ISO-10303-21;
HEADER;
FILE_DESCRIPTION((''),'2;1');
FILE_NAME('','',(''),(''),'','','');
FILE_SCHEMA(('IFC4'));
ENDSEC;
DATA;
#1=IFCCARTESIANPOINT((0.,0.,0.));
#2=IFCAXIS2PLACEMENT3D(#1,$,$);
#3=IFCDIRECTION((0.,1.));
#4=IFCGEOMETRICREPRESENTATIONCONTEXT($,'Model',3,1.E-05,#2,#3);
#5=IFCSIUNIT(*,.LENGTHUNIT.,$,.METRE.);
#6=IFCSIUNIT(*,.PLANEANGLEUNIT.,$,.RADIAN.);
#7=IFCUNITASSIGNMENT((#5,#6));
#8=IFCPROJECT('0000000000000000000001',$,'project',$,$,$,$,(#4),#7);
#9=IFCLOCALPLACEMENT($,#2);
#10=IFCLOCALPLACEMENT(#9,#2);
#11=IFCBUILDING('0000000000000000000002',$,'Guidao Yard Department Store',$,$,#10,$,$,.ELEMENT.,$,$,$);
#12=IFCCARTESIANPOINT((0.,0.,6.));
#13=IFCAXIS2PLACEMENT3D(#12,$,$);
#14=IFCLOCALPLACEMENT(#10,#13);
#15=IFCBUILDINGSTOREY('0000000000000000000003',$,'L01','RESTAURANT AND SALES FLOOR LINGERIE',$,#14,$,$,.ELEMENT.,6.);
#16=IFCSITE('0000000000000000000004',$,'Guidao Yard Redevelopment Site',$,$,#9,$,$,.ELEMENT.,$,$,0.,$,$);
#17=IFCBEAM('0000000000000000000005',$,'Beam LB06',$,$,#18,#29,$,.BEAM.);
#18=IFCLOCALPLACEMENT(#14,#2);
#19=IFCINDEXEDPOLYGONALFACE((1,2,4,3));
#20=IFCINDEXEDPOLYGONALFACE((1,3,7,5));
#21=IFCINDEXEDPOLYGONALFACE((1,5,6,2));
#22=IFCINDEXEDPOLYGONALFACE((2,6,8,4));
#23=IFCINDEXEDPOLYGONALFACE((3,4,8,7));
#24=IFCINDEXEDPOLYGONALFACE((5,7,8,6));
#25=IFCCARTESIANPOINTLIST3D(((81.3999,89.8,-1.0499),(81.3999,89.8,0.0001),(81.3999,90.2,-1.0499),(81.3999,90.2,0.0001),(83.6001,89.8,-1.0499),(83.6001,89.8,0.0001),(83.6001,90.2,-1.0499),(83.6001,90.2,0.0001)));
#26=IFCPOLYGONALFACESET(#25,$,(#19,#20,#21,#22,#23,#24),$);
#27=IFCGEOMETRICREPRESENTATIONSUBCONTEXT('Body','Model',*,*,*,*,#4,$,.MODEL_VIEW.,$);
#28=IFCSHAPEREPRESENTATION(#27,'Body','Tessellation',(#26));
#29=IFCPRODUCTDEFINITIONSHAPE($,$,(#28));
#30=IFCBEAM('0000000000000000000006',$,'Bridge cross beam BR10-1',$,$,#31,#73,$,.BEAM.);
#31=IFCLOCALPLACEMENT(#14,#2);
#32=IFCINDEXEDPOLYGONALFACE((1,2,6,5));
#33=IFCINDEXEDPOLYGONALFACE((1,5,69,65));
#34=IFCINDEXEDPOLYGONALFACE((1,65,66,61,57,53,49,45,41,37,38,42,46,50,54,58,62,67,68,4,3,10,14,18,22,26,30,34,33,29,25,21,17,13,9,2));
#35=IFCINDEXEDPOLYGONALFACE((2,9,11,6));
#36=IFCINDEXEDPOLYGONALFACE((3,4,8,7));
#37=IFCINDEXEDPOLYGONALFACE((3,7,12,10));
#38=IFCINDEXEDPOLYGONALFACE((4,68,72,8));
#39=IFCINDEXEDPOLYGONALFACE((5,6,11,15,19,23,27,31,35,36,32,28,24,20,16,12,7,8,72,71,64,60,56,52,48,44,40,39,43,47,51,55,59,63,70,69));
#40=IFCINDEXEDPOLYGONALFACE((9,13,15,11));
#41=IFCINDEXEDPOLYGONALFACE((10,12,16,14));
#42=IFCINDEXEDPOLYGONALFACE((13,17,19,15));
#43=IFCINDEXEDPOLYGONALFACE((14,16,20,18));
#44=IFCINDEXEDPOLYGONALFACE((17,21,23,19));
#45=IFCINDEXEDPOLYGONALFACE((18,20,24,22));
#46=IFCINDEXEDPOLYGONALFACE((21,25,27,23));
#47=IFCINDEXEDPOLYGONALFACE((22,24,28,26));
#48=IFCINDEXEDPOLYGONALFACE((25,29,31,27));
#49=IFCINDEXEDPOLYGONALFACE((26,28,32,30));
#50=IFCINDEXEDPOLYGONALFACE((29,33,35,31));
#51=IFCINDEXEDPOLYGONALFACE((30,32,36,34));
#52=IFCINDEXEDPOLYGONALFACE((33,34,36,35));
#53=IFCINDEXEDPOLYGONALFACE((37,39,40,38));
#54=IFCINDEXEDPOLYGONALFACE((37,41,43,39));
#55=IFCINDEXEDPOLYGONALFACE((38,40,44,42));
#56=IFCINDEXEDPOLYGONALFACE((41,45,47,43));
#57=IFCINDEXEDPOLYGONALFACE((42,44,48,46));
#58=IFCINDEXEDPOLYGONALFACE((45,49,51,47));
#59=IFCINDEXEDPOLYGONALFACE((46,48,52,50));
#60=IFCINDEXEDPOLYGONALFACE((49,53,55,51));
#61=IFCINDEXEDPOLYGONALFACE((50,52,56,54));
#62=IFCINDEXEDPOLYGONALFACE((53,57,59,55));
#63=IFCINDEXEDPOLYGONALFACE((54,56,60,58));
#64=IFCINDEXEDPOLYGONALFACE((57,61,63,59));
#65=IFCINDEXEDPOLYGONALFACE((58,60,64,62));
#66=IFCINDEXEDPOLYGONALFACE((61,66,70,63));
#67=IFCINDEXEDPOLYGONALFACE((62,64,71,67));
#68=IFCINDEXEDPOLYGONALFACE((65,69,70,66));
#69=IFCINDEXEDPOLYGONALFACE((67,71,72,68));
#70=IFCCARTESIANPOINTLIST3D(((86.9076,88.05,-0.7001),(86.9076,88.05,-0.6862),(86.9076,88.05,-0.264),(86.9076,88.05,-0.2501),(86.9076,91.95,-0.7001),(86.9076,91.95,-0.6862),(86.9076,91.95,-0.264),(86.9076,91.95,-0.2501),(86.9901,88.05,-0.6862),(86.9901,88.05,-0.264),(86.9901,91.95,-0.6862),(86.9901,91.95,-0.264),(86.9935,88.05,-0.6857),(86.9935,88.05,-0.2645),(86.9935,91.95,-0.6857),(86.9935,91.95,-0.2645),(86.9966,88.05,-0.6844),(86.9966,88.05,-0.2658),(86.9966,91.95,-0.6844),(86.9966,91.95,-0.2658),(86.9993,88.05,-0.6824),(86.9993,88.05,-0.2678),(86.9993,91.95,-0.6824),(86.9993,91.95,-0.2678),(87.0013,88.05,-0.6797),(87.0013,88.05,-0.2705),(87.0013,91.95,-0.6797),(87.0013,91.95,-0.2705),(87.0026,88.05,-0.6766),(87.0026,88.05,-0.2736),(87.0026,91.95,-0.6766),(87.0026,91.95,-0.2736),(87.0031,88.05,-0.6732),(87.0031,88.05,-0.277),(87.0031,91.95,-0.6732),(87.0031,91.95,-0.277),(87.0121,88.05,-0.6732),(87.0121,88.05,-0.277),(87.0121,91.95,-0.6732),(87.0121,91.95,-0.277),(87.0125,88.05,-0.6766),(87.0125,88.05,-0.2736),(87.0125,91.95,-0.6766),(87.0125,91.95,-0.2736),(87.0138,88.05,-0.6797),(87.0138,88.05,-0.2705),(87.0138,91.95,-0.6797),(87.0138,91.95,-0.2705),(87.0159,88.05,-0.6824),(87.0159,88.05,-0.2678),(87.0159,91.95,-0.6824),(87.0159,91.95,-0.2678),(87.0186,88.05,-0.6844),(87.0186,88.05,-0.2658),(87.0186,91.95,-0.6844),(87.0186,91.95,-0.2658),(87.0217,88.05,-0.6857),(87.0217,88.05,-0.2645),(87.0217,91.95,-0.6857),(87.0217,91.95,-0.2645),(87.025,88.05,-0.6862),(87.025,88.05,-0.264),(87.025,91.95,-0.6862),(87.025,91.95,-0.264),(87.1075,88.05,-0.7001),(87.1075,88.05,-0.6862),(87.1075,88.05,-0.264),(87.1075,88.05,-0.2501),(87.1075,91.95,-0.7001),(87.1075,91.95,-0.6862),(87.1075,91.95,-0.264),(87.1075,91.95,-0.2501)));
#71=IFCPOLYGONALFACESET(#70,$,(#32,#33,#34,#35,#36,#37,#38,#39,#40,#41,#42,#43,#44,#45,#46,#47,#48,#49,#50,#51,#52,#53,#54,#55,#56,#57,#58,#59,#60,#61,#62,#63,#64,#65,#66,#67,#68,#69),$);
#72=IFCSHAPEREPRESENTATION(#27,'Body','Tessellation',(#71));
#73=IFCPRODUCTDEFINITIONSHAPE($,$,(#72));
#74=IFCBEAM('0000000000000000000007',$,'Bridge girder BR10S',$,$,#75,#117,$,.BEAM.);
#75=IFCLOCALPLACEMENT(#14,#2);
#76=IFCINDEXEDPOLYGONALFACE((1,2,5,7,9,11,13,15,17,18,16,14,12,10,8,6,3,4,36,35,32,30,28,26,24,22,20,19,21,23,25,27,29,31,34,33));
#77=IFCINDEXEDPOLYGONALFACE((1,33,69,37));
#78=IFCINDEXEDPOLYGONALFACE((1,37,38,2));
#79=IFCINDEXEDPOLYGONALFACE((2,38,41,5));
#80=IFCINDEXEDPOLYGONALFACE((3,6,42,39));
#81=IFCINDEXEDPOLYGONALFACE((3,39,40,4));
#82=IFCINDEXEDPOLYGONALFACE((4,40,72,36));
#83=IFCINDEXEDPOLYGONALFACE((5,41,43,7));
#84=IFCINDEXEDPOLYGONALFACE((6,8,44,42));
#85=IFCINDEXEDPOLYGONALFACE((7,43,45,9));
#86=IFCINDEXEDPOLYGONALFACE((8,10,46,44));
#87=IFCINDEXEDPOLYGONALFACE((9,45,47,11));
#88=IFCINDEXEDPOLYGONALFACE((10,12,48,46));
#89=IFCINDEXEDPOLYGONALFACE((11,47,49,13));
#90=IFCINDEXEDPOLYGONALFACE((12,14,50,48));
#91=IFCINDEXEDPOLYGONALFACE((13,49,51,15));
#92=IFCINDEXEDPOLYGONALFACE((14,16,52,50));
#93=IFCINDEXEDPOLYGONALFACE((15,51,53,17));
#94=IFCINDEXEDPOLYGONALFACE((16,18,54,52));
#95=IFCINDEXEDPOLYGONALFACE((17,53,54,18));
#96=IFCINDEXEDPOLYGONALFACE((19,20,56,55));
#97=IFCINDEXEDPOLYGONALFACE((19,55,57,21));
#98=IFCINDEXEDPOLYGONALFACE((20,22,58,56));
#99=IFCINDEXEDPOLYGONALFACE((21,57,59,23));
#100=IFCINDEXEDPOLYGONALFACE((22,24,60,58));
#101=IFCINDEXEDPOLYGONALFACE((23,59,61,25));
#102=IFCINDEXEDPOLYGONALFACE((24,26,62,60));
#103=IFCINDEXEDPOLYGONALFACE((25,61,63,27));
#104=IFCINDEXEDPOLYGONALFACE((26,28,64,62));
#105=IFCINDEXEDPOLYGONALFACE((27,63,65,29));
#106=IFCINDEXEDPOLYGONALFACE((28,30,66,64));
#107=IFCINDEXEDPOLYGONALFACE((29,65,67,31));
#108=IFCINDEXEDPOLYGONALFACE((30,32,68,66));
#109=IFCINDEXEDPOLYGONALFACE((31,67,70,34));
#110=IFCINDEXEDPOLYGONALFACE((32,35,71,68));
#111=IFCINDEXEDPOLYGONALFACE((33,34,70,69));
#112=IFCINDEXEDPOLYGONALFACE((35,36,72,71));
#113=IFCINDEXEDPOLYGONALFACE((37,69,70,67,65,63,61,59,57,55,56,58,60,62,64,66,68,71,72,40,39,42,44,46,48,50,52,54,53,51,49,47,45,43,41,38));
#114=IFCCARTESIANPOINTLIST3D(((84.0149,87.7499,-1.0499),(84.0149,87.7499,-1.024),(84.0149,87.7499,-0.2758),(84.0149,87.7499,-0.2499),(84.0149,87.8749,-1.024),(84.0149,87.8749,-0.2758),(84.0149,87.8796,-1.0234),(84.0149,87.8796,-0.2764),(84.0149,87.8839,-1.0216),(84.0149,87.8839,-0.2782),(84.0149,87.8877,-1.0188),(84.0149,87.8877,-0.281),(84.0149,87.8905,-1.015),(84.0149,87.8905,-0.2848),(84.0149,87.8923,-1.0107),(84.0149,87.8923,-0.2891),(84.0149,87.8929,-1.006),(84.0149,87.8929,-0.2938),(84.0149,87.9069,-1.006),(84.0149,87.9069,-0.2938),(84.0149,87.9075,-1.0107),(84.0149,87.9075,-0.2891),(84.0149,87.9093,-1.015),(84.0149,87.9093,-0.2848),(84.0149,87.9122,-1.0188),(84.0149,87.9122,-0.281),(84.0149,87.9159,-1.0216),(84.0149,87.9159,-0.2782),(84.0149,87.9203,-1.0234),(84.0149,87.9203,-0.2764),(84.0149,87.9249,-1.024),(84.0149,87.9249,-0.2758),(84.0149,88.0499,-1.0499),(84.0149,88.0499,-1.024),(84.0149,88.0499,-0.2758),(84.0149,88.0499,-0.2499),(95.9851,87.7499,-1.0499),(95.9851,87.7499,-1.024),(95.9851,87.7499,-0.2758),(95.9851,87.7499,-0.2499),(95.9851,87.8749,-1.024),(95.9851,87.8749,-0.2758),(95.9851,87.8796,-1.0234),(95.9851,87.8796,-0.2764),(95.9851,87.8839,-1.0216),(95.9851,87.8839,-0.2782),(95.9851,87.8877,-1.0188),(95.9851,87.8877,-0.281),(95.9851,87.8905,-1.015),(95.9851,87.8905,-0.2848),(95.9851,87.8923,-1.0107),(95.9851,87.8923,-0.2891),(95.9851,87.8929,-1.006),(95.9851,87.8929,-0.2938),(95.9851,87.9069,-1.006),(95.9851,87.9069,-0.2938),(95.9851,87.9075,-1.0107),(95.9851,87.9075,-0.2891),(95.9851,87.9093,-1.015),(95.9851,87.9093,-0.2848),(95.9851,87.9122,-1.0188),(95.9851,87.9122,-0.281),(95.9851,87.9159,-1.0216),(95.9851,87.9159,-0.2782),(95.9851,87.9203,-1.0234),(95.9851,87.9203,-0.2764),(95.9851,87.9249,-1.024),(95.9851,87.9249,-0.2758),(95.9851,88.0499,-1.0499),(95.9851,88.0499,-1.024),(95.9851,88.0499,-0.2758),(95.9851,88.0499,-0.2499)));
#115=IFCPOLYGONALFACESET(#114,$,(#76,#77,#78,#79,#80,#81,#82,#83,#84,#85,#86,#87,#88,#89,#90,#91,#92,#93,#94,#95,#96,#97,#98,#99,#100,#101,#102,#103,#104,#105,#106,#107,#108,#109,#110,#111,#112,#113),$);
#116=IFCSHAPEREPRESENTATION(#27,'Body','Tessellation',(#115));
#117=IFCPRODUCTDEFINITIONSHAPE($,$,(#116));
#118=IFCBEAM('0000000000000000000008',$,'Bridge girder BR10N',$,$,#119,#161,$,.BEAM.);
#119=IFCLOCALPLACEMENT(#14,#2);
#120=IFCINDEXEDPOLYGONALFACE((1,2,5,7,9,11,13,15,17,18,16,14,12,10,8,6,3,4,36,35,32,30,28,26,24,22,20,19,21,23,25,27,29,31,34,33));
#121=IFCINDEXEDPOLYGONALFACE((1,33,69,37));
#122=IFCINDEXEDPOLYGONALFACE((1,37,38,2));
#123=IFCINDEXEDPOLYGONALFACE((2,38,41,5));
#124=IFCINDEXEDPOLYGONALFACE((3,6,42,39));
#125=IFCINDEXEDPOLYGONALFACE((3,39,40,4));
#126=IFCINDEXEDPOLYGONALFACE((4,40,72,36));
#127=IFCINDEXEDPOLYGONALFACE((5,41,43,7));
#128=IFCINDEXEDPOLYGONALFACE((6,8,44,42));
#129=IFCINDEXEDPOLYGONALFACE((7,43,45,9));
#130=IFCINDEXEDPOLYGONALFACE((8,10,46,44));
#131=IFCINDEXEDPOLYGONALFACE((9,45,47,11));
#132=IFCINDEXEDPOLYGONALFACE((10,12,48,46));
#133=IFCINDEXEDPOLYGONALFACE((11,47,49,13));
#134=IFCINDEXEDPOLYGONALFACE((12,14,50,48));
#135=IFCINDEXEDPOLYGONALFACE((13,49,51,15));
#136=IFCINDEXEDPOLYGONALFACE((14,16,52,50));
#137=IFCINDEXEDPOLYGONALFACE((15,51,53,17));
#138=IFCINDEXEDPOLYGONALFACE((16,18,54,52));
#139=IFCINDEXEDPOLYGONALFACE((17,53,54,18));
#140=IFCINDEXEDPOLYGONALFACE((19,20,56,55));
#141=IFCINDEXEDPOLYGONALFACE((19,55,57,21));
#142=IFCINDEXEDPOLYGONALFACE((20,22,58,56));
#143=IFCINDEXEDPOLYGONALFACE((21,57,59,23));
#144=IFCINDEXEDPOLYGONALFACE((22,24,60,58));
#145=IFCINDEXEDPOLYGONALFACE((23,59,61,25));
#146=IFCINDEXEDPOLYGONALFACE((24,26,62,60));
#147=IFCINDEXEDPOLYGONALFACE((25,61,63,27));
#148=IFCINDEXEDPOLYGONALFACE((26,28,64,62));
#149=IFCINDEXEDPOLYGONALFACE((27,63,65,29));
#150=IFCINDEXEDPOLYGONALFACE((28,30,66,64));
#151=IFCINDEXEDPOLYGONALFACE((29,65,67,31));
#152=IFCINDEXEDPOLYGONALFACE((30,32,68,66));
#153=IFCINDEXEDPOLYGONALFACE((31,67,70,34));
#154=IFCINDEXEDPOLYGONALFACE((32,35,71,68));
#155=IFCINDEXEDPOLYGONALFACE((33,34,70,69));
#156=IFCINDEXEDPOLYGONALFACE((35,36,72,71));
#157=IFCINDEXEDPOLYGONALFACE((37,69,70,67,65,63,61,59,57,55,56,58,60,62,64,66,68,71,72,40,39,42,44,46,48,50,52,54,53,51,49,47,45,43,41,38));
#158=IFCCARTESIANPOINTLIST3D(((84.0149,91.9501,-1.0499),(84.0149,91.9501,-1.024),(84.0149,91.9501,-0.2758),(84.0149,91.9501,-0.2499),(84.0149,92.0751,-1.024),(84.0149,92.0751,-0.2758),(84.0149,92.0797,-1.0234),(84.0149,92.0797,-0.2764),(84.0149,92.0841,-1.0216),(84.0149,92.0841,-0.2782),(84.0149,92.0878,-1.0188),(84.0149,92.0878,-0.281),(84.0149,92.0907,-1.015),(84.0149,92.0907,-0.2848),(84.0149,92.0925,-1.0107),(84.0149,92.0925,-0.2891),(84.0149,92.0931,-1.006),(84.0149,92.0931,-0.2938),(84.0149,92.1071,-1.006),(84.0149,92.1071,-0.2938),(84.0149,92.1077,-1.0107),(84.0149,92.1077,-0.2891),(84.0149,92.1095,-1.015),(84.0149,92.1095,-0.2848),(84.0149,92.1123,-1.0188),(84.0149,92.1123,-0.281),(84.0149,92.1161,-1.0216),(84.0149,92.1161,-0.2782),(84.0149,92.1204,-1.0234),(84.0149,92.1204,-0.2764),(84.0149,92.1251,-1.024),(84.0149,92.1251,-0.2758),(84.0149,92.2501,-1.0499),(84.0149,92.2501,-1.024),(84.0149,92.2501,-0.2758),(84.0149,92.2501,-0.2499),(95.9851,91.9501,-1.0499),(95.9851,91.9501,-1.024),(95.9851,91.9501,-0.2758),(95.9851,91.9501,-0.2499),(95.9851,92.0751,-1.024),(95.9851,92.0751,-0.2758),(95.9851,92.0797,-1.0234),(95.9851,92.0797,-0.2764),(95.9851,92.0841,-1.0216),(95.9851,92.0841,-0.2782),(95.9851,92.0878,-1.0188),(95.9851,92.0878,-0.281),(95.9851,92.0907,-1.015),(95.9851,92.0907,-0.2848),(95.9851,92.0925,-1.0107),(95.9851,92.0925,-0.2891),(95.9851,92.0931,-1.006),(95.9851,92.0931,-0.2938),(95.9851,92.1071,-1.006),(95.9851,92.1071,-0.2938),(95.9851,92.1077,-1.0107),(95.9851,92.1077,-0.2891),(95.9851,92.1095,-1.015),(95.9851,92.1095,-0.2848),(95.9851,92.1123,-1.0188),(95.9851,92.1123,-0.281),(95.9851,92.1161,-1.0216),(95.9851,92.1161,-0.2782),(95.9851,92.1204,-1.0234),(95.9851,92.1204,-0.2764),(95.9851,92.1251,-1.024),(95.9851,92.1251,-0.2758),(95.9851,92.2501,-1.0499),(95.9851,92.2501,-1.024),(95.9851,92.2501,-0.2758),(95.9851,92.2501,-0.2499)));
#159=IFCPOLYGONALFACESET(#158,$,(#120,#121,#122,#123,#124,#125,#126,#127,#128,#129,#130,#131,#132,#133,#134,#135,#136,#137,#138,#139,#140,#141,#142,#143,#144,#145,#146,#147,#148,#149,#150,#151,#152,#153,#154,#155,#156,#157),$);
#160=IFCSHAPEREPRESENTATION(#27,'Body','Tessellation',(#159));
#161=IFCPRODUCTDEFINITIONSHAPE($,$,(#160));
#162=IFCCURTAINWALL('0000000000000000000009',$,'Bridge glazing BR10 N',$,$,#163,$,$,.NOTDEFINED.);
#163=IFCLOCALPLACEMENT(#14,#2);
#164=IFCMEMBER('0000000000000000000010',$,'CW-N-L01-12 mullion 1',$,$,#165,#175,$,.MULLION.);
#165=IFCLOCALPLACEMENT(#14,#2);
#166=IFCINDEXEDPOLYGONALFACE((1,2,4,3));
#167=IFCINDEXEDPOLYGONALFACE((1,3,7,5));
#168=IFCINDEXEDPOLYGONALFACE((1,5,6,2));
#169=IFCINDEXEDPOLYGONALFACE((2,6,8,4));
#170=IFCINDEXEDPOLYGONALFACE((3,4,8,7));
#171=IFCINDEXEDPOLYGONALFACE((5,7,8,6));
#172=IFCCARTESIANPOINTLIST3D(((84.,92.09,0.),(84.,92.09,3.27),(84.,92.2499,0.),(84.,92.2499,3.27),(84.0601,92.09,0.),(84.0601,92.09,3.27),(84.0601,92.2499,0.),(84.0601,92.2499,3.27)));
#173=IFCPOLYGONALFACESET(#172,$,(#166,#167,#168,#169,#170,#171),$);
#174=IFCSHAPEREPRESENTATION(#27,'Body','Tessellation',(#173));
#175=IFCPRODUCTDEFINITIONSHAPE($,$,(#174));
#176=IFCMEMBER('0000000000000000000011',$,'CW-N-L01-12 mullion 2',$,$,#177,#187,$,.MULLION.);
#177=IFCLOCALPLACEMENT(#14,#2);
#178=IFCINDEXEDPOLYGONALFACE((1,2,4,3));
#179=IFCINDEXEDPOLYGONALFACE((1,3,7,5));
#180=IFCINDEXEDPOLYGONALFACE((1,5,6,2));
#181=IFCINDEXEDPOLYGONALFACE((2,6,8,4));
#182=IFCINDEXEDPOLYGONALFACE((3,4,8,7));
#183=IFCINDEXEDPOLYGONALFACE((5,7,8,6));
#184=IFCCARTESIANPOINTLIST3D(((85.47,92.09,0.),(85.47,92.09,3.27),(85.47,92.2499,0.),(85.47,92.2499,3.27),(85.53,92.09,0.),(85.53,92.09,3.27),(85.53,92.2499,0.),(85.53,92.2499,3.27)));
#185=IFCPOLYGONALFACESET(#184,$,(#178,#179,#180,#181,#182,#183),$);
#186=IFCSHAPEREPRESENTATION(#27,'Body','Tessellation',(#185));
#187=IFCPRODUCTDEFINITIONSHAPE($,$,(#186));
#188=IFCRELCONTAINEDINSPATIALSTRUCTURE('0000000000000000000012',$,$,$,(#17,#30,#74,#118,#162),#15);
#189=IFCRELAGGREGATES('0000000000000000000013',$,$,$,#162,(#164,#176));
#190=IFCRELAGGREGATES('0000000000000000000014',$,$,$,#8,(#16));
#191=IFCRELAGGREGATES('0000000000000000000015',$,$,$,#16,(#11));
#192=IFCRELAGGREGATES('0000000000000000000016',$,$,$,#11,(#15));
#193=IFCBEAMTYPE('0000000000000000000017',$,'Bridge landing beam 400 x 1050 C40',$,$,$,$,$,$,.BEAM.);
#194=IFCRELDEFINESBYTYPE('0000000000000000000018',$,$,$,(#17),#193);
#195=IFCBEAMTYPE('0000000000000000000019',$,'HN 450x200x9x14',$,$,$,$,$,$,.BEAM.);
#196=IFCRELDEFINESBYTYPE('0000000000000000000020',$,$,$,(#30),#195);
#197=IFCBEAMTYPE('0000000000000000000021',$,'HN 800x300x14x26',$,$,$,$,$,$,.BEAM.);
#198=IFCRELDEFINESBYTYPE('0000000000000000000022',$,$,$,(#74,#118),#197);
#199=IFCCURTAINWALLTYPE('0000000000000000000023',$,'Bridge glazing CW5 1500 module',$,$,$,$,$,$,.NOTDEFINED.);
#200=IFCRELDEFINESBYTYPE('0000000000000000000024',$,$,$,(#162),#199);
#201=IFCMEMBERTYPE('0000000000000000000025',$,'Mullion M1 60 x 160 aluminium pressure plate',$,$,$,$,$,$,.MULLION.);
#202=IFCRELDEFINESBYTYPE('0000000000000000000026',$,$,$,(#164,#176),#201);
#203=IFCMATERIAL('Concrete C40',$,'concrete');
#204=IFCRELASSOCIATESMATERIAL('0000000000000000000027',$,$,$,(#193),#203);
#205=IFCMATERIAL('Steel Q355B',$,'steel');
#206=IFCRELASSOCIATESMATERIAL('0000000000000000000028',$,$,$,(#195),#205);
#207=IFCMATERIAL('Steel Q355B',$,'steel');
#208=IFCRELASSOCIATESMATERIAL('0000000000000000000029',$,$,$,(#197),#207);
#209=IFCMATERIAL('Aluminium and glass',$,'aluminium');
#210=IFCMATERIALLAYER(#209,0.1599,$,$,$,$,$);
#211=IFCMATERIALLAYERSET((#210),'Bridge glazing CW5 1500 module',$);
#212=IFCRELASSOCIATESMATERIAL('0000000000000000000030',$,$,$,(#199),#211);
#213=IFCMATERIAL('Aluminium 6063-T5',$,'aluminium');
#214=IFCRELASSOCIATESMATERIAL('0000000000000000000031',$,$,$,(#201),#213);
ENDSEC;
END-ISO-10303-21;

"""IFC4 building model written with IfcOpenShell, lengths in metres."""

from ifc_helpers import new_model, si_unit, direction, frame, origin, origin_2d, place, context, subcontext, project, spatial, rectangle, i_section, extrude, material, layer, layer_set, material_profile, profile_set, type_object, element, aggregate, save


model = new_model("IFC4")

# Units and contexts
model_context = context("Model", 3, precision=1e-05, world=origin(), true_north=direction((0.0, 1.0)))
body_context = subcontext(model_context, "Body", "Model", "MODEL_VIEW")
ifc_project = project(units=[si_unit("LENGTHUNIT", "METRE"), si_unit("PLANEANGLEUNIT", "RADIAN")], contexts=[model_context])

# Site, building, storey
site_placement = place(None, origin())
site = spatial("IfcSite", under=ifc_project, at=site_placement, Name="Guidao Yard Redevelopment Site", CompositionType="ELEMENT", RefElevation=0.0)
building_placement = place(site_placement, origin())
building = spatial("IfcBuilding", under=site, at=building_placement, Name="Guidao Yard Department Store", CompositionType="ELEMENT")
storey_placement = place(building_placement, frame((0.0, 0.0, 6.0)))
storey = spatial("IfcBuildingStorey", under=building, at=storey_placement, Name="L01", Description="RESTAURANT AND SALES FLOOR LINGERIE", CompositionType="ELEMENT", Elevation=6.0)

# Beams
ifc_material_1 = material(Name="Concrete C40", Category="concrete")
ifc_material_profile_1 = material_profile(ifc_material_1, rectangle(XDim=0.3999, YDim=1.05, at=origin_2d()), Name="Bridge landing beam 400 x 1050 C40")
ifc_profile_set_1 = profile_set([ifc_material_profile_1], Name="Concrete C40")
beam_type_1 = type_object("IfcBeamType", Name="Bridge landing beam 400 x 1050 C40", PredefinedType="BEAM", material=ifc_profile_set_1)
beam_1_placement = place(storey_placement, frame((81.3999, 90.0, -0.5249), z_axis=(1.0, 0.0, 0.0), x_axis=(0.0, 1.0, 0.0)))
element("IfcBeam", 1, at=beam_1_placement, inside=storey, type_object=beam_type_1, Name="Beam LB06", PredefinedType="BEAM", context=body_context, shape_type="SweptSolid", body=[
    extrude(rectangle(XDim=0.3999, YDim=1.05, at=origin_2d()), origin(), (0.0, 0.0, 1.0), 2.2002),
])
ifc_material_2 = material(Name="Steel Q355B", Category="steel")
ifc_material_profile_2 = material_profile(ifc_material_2, i_section(OverallWidth=0.2, OverallDepth=0.45, WebThickness=0.009, FlangeThickness=0.0139, FilletRadius=0.0129, at=origin_2d()), Name="HN 450x200x9x14")
ifc_profile_set_2 = profile_set([ifc_material_profile_2], Name="Steel Q355B")
beam_type_2 = type_object("IfcBeamType", Name="HN 450x200x9x14", PredefinedType="BEAM", material=ifc_profile_set_2)
beam_2_placement = place(storey_placement, frame((87.0076, 88.05, -0.4751), z_axis=(0.0, 1.0, 0.0), x_axis=(-1.0, 0.0, 0.0)))
element("IfcBeam", 2, at=beam_2_placement, inside=storey, type_object=beam_type_2, Name="Bridge cross beam BR10-1", PredefinedType="BEAM", context=body_context, shape_type="SweptSolid", body=[
    extrude(i_section(OverallWidth=0.2, OverallDepth=0.45, WebThickness=0.009, FlangeThickness=0.0139, FilletRadius=0.0129, at=origin_2d()), origin(), (0.0, 0.0, 1.0), 3.8999),
])
ifc_material_3 = material(Name="Steel Q355B", Category="steel")
ifc_material_profile_3 = material_profile(ifc_material_3, i_section(OverallWidth=0.3, OverallDepth=0.8, WebThickness=0.0139, FlangeThickness=0.0259, FilletRadius=0.0181, at=origin_2d()), Name="HN 800x300x14x26")
ifc_profile_set_3 = profile_set([ifc_material_profile_3], Name="Steel Q355B")
beam_type_3 = type_object("IfcBeamType", Name="HN 800x300x14x26", PredefinedType="BEAM", material=ifc_profile_set_3)
for number, where, z_axis, x_axis, name in (
    (3, (84.0149, 87.8999, -0.6499), (1.0, 0.0, 0.0), (0.0, 1.0, 0.0), "Bridge girder BR10S"),
    (4, (84.0149, 92.1001, -0.6499), (1.0, 0.0, 0.0), (0.0, 1.0, 0.0), "Bridge girder BR10N"),
):
    element("IfcBeam", number, at=place(storey_placement, frame(where, z_axis=z_axis, x_axis=x_axis)), inside=storey, type_object=beam_type_3, Name=name, PredefinedType="BEAM", context=body_context, shape_type="SweptSolid", body=[
        extrude(i_section(OverallWidth=0.3, OverallDepth=0.8, WebThickness=0.0139, FlangeThickness=0.0259, FilletRadius=0.0181, at=origin_2d()), origin(), (0.0, 0.0, 1.0), 11.9702),
    ])

# Curtain wall, members
ifc_material_4 = material(Name="Aluminium and glass", Category="aluminium")
ifc_layer_1 = layer(ifc_material_4, 0.1599)
ifc_layer_set_1 = layer_set([ifc_layer_1], Name="Bridge glazing CW5 1500 module")
curtain_wall_type = type_object("IfcCurtainWallType", Name="Bridge glazing CW5 1500 module", PredefinedType="NOTDEFINED", material=ifc_layer_set_1)
curtain_wall_1_placement = place(storey_placement, origin())
curtain_wall_1 = element("IfcCurtainWall", 5, at=curtain_wall_1_placement, inside=storey, type_object=curtain_wall_type, Name="Bridge glazing BR10 N", PredefinedType="NOTDEFINED")
ifc_material_5 = material(Name="Aluminium 6063-T5", Category="aluminium")
ifc_material_profile_4 = material_profile(ifc_material_5, rectangle(XDim=0.0601, YDim=0.1599, at=origin_2d()), Name="Mullion M1 60 x 160 aluminium pressure plate")
ifc_profile_set_4 = profile_set([ifc_material_profile_4], Name="Aluminium 6063-T5")
member_type_1 = type_object("IfcMemberType", Name="Mullion M1 60 x 160 aluminium pressure plate", PredefinedType="MULLION", material=ifc_profile_set_4)
member_1_placement = place(storey_placement, frame((84.03, 92.1699, 0.0), z_axis=(0.0, 0.0, 1.0), x_axis=(1.0, 0.0, 0.0)))
member_1 = element("IfcMember", 6, at=member_1_placement, type_object=member_type_1, Name="CW-N-L01-12 mullion 1", PredefinedType="MULLION", context=body_context, shape_type="SweptSolid", body=[
    extrude(rectangle(XDim=0.0601, YDim=0.1599, at=origin_2d()), origin(), (0.0, 0.0, 1.0), 3.27),
])
member_2_placement = place(storey_placement, frame((85.5, 92.1699, 0.0), z_axis=(0.0, 0.0, 1.0), x_axis=(1.0, 0.0, 0.0)))
member_2 = element("IfcMember", 7, at=member_2_placement, type_object=member_type_1, Name="CW-N-L01-12 mullion 2", PredefinedType="MULLION", context=body_context, shape_type="SweptSolid", body=[
    extrude(rectangle(XDim=0.0601, YDim=0.1599, at=origin_2d()), origin(), (0.0, 0.0, 1.0), 3.27),
])

aggregate(curtain_wall_1, [member_1, member_2])

save(model, "model.ifc")
